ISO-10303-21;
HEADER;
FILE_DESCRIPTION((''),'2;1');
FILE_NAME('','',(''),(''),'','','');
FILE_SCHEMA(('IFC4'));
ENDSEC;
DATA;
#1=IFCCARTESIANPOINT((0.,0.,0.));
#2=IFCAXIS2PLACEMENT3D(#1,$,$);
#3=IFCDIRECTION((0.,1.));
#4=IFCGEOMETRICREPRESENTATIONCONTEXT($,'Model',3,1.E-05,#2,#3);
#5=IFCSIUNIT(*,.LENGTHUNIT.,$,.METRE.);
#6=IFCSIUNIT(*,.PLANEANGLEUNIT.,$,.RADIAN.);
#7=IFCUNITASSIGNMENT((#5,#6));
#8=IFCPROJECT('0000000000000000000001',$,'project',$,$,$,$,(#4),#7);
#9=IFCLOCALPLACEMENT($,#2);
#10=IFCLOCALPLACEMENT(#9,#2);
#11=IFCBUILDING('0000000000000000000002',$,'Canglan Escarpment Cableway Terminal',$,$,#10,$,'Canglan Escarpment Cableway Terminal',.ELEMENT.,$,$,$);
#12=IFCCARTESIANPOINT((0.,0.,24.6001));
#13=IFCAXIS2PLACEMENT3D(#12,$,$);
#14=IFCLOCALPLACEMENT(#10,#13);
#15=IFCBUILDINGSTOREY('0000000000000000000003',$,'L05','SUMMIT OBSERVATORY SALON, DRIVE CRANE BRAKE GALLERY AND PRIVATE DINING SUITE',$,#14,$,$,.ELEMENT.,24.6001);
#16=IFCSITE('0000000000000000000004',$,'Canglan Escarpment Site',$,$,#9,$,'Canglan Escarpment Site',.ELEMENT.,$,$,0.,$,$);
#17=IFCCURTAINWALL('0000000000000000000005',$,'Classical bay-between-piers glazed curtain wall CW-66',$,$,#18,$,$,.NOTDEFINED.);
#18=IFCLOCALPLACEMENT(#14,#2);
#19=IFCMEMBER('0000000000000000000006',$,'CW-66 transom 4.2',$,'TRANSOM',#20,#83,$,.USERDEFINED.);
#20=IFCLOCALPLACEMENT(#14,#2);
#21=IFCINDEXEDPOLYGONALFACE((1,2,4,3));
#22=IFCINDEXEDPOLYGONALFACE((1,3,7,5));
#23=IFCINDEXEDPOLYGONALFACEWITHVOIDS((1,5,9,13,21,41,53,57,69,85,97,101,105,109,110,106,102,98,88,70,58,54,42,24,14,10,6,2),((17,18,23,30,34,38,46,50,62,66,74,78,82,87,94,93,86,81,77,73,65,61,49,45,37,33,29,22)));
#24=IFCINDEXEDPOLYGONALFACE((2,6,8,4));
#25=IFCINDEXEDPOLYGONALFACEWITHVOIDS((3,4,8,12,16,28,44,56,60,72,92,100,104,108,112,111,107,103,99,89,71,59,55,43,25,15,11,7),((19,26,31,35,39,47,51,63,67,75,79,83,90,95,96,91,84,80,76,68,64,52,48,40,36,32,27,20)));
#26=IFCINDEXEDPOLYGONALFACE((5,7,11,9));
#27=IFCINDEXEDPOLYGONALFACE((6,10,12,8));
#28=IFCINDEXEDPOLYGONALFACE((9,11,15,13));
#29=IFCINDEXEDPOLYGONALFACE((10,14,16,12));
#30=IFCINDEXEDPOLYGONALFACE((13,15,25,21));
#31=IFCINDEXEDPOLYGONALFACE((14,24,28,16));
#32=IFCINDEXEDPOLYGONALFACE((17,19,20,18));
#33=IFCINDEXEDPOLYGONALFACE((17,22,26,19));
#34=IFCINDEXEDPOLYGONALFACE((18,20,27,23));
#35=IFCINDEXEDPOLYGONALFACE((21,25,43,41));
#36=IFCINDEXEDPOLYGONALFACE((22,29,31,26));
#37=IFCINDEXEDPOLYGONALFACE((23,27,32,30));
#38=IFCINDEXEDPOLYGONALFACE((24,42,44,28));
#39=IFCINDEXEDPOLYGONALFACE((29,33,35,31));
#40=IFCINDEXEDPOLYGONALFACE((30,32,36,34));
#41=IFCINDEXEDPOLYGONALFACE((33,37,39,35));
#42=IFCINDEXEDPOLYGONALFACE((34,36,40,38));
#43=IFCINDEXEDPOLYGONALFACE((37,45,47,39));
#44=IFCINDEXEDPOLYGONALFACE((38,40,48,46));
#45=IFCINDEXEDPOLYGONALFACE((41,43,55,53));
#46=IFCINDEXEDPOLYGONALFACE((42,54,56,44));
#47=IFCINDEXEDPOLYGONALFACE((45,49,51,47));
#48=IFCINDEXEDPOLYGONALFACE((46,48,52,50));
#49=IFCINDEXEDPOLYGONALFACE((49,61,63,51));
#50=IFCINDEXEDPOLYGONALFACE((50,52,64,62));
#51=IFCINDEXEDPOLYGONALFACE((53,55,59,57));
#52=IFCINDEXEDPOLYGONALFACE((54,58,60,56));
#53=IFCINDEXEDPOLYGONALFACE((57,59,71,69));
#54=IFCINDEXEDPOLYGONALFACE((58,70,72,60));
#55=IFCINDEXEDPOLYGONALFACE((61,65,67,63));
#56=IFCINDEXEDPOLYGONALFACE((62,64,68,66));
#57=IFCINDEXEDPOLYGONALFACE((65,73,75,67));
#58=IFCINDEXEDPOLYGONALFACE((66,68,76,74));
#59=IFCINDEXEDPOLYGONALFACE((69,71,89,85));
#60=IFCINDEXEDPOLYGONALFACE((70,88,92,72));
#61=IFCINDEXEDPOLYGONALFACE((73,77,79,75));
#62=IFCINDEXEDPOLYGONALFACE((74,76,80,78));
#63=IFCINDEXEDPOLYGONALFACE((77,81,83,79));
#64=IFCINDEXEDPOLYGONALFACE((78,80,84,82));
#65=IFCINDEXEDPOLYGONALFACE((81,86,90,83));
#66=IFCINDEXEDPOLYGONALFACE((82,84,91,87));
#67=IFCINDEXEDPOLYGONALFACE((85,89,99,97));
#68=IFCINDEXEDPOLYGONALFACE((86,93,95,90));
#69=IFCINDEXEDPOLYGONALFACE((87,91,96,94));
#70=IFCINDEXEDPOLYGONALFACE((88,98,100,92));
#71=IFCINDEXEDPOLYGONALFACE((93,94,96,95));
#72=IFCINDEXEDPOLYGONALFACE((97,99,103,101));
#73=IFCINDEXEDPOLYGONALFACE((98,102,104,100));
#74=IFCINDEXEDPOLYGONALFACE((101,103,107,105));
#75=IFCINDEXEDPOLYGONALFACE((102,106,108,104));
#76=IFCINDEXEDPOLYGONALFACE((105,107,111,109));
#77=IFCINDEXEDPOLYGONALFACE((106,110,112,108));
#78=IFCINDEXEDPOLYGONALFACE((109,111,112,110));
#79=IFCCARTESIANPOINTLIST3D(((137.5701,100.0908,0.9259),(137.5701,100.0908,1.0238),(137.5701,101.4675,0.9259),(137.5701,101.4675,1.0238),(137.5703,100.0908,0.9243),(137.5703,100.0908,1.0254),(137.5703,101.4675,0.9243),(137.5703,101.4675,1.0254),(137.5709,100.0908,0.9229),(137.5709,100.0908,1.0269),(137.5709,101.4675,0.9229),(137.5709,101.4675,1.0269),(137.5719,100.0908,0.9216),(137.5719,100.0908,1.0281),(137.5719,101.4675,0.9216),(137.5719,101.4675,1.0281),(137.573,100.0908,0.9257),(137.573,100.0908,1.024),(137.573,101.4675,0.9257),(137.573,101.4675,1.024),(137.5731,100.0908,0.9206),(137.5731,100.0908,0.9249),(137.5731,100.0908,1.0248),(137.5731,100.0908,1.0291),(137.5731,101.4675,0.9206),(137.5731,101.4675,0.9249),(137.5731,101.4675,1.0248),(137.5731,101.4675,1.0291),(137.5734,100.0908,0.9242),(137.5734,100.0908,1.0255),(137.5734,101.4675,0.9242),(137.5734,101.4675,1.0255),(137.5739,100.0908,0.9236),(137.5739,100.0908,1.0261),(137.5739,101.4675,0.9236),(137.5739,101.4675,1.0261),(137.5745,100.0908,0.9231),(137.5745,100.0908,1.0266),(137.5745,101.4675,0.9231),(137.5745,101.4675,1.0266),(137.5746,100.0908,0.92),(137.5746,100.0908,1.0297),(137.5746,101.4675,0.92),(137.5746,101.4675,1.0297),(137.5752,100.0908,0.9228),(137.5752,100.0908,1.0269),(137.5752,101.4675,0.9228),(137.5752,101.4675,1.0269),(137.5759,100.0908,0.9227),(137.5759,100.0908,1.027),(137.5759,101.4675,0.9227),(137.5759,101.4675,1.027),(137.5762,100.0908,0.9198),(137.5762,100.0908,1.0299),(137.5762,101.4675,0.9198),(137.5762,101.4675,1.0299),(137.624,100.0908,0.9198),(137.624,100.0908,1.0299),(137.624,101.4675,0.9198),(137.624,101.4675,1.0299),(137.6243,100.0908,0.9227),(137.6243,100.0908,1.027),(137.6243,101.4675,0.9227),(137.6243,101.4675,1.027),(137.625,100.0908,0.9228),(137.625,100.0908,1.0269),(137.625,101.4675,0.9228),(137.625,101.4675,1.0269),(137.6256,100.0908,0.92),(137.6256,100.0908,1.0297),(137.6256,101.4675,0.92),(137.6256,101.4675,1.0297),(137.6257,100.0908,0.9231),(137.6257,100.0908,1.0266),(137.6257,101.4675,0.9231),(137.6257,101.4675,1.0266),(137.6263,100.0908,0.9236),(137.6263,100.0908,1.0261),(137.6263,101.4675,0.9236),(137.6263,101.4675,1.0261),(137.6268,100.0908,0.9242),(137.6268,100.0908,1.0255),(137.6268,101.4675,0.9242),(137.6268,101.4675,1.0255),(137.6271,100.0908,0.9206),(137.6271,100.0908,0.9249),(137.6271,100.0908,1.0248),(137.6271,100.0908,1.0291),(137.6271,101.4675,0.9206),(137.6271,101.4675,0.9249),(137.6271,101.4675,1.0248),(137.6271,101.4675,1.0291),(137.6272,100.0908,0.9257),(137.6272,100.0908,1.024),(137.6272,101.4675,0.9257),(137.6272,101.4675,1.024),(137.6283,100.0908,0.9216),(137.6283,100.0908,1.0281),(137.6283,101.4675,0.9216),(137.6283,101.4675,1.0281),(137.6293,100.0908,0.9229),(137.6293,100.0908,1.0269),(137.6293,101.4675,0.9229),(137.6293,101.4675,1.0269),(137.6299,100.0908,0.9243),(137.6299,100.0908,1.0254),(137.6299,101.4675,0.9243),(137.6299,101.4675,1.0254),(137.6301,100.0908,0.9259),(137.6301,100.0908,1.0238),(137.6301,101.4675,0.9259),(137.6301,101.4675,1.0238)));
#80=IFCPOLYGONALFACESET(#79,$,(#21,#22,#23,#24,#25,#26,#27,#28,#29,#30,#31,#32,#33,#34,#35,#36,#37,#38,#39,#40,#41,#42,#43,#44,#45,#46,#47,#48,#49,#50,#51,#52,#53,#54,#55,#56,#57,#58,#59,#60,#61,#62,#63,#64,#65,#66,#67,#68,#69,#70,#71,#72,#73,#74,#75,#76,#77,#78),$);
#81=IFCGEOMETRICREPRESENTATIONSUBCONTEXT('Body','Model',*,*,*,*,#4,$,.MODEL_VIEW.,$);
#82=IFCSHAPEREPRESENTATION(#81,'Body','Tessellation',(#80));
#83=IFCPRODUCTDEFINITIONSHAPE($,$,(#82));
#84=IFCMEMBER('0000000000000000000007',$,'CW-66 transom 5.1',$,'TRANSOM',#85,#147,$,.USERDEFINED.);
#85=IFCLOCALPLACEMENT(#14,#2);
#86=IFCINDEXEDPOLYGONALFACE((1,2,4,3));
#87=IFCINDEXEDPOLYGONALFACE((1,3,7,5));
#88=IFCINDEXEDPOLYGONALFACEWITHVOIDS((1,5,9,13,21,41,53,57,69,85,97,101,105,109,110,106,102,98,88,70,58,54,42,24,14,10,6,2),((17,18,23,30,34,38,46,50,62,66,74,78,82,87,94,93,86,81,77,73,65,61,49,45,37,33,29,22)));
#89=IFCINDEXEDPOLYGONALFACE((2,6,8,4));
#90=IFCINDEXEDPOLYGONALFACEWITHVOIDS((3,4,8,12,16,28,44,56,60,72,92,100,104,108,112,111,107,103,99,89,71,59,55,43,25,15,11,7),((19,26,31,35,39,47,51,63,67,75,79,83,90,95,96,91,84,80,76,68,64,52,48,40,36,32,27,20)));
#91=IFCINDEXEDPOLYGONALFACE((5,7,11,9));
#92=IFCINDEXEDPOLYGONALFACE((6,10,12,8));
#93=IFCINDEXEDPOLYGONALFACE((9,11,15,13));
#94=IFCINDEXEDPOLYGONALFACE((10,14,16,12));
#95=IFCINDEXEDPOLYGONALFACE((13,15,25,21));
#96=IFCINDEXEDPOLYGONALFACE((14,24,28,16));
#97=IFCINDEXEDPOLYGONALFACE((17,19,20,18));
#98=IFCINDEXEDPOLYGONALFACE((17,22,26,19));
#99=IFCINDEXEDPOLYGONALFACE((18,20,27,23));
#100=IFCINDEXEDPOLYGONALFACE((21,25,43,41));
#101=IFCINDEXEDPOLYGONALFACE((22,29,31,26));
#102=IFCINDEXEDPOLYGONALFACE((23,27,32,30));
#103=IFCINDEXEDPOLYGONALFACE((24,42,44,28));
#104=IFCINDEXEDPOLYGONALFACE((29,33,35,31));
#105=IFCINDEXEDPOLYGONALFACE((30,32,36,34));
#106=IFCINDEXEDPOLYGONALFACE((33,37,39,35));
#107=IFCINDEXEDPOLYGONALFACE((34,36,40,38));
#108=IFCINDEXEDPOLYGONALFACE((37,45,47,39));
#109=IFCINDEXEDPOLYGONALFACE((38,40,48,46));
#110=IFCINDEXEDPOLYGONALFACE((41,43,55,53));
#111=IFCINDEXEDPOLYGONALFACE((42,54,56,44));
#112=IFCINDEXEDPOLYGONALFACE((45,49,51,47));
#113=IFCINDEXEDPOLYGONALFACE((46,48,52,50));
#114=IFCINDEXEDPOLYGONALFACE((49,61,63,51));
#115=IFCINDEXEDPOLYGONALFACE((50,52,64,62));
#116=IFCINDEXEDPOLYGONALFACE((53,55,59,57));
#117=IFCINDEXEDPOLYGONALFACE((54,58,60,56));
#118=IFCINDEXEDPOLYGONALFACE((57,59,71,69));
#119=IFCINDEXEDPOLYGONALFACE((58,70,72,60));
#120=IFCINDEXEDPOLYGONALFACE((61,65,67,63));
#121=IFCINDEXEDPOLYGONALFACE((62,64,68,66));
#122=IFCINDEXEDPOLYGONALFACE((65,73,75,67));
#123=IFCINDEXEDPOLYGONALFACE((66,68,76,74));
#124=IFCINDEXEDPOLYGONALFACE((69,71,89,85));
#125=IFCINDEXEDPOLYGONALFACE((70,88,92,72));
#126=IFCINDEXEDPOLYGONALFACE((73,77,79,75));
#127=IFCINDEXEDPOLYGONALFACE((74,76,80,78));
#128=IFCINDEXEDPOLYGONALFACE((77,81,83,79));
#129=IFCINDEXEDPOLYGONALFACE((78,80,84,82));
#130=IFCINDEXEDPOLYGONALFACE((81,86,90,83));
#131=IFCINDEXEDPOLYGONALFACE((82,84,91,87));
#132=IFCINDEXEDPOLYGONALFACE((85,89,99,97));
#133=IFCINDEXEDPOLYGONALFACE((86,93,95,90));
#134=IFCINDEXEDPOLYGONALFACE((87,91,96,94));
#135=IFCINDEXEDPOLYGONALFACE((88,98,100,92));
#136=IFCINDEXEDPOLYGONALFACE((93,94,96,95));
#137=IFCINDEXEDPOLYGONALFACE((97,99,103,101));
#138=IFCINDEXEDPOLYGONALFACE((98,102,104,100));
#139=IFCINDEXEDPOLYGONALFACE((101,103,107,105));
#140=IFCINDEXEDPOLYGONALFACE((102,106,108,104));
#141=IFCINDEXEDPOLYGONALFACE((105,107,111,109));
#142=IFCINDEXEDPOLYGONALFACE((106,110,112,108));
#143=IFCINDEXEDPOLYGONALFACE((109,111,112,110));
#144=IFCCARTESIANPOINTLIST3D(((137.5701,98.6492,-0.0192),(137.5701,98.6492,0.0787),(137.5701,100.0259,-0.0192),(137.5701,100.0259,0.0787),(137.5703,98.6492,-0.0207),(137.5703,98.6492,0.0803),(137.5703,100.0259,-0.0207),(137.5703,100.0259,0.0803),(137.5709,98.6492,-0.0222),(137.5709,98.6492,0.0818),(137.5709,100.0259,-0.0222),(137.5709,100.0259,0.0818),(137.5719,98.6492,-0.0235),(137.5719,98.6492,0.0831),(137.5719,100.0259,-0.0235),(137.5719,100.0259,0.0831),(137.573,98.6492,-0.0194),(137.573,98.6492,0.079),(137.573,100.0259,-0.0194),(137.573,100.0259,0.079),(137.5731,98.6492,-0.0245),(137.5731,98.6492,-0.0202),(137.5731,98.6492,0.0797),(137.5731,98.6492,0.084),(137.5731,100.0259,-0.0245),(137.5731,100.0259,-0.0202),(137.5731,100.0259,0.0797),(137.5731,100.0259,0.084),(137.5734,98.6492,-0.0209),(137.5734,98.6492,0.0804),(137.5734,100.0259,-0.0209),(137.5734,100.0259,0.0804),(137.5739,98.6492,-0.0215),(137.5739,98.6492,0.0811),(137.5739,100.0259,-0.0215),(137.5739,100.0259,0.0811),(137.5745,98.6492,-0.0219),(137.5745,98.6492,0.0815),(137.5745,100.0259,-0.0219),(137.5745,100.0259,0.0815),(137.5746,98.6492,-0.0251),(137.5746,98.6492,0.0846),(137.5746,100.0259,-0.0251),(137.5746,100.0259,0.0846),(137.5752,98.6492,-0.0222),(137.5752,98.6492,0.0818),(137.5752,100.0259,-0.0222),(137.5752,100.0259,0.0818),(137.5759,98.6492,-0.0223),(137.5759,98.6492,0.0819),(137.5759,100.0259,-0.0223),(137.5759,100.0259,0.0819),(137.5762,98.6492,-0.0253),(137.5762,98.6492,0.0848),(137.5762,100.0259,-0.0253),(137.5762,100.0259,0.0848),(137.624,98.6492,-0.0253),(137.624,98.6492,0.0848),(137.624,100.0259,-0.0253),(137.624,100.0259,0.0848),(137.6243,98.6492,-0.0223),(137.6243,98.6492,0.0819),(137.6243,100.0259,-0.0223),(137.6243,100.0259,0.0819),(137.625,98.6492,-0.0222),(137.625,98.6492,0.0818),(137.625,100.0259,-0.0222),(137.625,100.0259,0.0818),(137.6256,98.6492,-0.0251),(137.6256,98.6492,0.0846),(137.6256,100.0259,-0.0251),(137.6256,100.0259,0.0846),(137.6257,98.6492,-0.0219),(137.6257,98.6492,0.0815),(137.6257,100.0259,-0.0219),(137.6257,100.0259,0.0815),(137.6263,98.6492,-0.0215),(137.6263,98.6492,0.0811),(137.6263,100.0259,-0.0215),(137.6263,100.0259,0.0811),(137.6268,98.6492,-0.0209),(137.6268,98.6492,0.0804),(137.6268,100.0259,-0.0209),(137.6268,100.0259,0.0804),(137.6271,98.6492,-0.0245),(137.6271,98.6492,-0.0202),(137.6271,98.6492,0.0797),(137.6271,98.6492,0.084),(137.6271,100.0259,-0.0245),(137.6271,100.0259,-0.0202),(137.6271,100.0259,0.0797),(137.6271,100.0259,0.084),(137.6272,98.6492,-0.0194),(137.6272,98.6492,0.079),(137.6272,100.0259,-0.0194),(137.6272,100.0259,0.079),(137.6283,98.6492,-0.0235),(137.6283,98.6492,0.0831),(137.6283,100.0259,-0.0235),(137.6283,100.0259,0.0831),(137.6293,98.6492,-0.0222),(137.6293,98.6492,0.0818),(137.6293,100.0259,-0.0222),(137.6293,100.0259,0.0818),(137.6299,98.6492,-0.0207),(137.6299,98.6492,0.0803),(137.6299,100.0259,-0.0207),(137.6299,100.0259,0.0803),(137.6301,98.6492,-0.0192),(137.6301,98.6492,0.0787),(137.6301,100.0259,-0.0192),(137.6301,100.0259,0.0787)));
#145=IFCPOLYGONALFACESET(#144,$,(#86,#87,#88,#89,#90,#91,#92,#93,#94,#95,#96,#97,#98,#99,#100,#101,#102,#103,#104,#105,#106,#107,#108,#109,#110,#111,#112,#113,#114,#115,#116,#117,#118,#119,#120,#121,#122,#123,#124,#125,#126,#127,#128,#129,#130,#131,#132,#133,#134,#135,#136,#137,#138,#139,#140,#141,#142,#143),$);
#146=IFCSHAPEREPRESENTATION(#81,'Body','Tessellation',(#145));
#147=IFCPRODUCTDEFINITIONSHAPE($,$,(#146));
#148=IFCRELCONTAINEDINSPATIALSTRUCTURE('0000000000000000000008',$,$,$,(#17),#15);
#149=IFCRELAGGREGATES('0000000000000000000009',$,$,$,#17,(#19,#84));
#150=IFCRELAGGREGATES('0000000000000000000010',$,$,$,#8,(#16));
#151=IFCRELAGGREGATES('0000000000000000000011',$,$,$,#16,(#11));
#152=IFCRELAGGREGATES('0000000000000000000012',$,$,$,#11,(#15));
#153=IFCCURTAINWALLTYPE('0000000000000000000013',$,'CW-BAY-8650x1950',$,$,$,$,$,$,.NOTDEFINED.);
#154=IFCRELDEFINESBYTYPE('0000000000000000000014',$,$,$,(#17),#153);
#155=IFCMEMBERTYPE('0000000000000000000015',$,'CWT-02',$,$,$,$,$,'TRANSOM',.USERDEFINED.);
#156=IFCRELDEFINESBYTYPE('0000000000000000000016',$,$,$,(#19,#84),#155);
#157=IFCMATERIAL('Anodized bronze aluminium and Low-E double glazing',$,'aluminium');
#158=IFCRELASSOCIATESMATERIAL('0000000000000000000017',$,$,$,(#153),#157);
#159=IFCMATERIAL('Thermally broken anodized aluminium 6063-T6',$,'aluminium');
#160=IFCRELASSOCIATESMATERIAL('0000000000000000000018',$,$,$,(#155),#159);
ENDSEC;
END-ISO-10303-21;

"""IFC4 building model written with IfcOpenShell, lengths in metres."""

from ifc_helpers import new_model, si_unit, direction, frame, origin, origin_2d, place, context, subcontext, project, spatial, hollow_rectangle, extrude, material, material_profile, profile_set, type_object, element, aggregate, save


model = new_model("IFC4")

# Units and contexts
model_context = context("Model", 3, precision=1e-05, world=origin(), true_north=direction((0.0, 1.0)))
body_context = subcontext(model_context, "Body", "Model", "MODEL_VIEW")
ifc_project = project(units=[si_unit("LENGTHUNIT", "METRE"), si_unit("PLANEANGLEUNIT", "RADIAN")], contexts=[model_context])

# Site, building, storey
site_placement = place(None, origin())
site = spatial("IfcSite", under=ifc_project, at=site_placement, Name="Canglan Escarpment Site", LongName="Canglan Escarpment Site", CompositionType="ELEMENT", RefElevation=0.0)
building_placement = place(site_placement, origin())
building = spatial("IfcBuilding", under=site, at=building_placement, Name="Canglan Escarpment Cableway Terminal", LongName="Canglan Escarpment Cableway Terminal", CompositionType="ELEMENT")
storey_placement = place(building_placement, frame((0.0, 0.0, 24.6001)))
storey = spatial("IfcBuildingStorey", under=building, at=storey_placement, Name="L05", Description="SUMMIT OBSERVATORY SALON, DRIVE CRANE BRAKE GALLERY AND PRIVATE DINING SUITE", CompositionType="ELEMENT", Elevation=24.6001)

# Curtain wall, members
ifc_material_1 = material(Name="Anodized bronze aluminium and Low-E double glazing", Category="aluminium")
curtain_wall_type = type_object("IfcCurtainWallType", Name="CW-BAY-8650x1950", PredefinedType="NOTDEFINED", material=ifc_material_1)
curtain_wall_placement = place(storey_placement, origin())
curtain_wall = element("IfcCurtainWall", 1, at=curtain_wall_placement, inside=storey, type_object=curtain_wall_type, Name="Classical bay-between-piers glazed curtain wall CW-66", PredefinedType="NOTDEFINED")
ifc_material_2 = material(Name="Thermally broken anodized aluminium 6063-T6", Category="aluminium")
ifc_material_profile_1 = material_profile(ifc_material_2, hollow_rectangle(XDim=0.0601, YDim=0.1101, WallThickness=0.0029, InnerFilletRadius=0.0029, OuterFilletRadius=0.0061, at=origin_2d()), Name="ALU-TRAN 60x110x3")
ifc_profile_set_1 = profile_set([ifc_material_profile_1], Name="Thermally broken anodized aluminium 6063-T6")
member_type_1 = type_object("IfcMemberType", Name="CWT-02", ElementType="TRANSOM", PredefinedType="USERDEFINED", material=ifc_profile_set_1)
member_1_placement = place(storey_placement, frame((137.6001, 101.4675, 0.9749), z_axis=(0.0, -1.0, 0.0), x_axis=(1.0, 0.0, 0.0)))
member_1 = element("IfcMember", 2, at=member_1_placement, type_object=member_type_1, Name="CW-66 transom 4.2", ObjectType="TRANSOM", PredefinedType="USERDEFINED", context=body_context, shape_type="SweptSolid", body=[
    extrude(hollow_rectangle(XDim=0.0601, YDim=0.1101, WallThickness=0.0029, InnerFilletRadius=0.0029, OuterFilletRadius=0.0061, at=origin_2d()), origin(), (0.0, 0.0, 1.0), 1.3767),
])
member_2_placement = place(storey_placement, frame((137.6001, 100.0259, 0.0298), z_axis=(0.0, -1.0, 0.0), x_axis=(1.0, 0.0, 0.0)))
member_2 = element("IfcMember", 3, at=member_2_placement, type_object=member_type_1, Name="CW-66 transom 5.1", ObjectType="TRANSOM", PredefinedType="USERDEFINED", context=body_context, shape_type="SweptSolid", body=[
    extrude(hollow_rectangle(XDim=0.0601, YDim=0.1101, WallThickness=0.0029, InnerFilletRadius=0.0029, OuterFilletRadius=0.0061, at=origin_2d()), origin(), (0.0, 0.0, 1.0), 1.3767),
])

aggregate(curtain_wall, [member_1, member_2])

save(model, "model.ifc")
